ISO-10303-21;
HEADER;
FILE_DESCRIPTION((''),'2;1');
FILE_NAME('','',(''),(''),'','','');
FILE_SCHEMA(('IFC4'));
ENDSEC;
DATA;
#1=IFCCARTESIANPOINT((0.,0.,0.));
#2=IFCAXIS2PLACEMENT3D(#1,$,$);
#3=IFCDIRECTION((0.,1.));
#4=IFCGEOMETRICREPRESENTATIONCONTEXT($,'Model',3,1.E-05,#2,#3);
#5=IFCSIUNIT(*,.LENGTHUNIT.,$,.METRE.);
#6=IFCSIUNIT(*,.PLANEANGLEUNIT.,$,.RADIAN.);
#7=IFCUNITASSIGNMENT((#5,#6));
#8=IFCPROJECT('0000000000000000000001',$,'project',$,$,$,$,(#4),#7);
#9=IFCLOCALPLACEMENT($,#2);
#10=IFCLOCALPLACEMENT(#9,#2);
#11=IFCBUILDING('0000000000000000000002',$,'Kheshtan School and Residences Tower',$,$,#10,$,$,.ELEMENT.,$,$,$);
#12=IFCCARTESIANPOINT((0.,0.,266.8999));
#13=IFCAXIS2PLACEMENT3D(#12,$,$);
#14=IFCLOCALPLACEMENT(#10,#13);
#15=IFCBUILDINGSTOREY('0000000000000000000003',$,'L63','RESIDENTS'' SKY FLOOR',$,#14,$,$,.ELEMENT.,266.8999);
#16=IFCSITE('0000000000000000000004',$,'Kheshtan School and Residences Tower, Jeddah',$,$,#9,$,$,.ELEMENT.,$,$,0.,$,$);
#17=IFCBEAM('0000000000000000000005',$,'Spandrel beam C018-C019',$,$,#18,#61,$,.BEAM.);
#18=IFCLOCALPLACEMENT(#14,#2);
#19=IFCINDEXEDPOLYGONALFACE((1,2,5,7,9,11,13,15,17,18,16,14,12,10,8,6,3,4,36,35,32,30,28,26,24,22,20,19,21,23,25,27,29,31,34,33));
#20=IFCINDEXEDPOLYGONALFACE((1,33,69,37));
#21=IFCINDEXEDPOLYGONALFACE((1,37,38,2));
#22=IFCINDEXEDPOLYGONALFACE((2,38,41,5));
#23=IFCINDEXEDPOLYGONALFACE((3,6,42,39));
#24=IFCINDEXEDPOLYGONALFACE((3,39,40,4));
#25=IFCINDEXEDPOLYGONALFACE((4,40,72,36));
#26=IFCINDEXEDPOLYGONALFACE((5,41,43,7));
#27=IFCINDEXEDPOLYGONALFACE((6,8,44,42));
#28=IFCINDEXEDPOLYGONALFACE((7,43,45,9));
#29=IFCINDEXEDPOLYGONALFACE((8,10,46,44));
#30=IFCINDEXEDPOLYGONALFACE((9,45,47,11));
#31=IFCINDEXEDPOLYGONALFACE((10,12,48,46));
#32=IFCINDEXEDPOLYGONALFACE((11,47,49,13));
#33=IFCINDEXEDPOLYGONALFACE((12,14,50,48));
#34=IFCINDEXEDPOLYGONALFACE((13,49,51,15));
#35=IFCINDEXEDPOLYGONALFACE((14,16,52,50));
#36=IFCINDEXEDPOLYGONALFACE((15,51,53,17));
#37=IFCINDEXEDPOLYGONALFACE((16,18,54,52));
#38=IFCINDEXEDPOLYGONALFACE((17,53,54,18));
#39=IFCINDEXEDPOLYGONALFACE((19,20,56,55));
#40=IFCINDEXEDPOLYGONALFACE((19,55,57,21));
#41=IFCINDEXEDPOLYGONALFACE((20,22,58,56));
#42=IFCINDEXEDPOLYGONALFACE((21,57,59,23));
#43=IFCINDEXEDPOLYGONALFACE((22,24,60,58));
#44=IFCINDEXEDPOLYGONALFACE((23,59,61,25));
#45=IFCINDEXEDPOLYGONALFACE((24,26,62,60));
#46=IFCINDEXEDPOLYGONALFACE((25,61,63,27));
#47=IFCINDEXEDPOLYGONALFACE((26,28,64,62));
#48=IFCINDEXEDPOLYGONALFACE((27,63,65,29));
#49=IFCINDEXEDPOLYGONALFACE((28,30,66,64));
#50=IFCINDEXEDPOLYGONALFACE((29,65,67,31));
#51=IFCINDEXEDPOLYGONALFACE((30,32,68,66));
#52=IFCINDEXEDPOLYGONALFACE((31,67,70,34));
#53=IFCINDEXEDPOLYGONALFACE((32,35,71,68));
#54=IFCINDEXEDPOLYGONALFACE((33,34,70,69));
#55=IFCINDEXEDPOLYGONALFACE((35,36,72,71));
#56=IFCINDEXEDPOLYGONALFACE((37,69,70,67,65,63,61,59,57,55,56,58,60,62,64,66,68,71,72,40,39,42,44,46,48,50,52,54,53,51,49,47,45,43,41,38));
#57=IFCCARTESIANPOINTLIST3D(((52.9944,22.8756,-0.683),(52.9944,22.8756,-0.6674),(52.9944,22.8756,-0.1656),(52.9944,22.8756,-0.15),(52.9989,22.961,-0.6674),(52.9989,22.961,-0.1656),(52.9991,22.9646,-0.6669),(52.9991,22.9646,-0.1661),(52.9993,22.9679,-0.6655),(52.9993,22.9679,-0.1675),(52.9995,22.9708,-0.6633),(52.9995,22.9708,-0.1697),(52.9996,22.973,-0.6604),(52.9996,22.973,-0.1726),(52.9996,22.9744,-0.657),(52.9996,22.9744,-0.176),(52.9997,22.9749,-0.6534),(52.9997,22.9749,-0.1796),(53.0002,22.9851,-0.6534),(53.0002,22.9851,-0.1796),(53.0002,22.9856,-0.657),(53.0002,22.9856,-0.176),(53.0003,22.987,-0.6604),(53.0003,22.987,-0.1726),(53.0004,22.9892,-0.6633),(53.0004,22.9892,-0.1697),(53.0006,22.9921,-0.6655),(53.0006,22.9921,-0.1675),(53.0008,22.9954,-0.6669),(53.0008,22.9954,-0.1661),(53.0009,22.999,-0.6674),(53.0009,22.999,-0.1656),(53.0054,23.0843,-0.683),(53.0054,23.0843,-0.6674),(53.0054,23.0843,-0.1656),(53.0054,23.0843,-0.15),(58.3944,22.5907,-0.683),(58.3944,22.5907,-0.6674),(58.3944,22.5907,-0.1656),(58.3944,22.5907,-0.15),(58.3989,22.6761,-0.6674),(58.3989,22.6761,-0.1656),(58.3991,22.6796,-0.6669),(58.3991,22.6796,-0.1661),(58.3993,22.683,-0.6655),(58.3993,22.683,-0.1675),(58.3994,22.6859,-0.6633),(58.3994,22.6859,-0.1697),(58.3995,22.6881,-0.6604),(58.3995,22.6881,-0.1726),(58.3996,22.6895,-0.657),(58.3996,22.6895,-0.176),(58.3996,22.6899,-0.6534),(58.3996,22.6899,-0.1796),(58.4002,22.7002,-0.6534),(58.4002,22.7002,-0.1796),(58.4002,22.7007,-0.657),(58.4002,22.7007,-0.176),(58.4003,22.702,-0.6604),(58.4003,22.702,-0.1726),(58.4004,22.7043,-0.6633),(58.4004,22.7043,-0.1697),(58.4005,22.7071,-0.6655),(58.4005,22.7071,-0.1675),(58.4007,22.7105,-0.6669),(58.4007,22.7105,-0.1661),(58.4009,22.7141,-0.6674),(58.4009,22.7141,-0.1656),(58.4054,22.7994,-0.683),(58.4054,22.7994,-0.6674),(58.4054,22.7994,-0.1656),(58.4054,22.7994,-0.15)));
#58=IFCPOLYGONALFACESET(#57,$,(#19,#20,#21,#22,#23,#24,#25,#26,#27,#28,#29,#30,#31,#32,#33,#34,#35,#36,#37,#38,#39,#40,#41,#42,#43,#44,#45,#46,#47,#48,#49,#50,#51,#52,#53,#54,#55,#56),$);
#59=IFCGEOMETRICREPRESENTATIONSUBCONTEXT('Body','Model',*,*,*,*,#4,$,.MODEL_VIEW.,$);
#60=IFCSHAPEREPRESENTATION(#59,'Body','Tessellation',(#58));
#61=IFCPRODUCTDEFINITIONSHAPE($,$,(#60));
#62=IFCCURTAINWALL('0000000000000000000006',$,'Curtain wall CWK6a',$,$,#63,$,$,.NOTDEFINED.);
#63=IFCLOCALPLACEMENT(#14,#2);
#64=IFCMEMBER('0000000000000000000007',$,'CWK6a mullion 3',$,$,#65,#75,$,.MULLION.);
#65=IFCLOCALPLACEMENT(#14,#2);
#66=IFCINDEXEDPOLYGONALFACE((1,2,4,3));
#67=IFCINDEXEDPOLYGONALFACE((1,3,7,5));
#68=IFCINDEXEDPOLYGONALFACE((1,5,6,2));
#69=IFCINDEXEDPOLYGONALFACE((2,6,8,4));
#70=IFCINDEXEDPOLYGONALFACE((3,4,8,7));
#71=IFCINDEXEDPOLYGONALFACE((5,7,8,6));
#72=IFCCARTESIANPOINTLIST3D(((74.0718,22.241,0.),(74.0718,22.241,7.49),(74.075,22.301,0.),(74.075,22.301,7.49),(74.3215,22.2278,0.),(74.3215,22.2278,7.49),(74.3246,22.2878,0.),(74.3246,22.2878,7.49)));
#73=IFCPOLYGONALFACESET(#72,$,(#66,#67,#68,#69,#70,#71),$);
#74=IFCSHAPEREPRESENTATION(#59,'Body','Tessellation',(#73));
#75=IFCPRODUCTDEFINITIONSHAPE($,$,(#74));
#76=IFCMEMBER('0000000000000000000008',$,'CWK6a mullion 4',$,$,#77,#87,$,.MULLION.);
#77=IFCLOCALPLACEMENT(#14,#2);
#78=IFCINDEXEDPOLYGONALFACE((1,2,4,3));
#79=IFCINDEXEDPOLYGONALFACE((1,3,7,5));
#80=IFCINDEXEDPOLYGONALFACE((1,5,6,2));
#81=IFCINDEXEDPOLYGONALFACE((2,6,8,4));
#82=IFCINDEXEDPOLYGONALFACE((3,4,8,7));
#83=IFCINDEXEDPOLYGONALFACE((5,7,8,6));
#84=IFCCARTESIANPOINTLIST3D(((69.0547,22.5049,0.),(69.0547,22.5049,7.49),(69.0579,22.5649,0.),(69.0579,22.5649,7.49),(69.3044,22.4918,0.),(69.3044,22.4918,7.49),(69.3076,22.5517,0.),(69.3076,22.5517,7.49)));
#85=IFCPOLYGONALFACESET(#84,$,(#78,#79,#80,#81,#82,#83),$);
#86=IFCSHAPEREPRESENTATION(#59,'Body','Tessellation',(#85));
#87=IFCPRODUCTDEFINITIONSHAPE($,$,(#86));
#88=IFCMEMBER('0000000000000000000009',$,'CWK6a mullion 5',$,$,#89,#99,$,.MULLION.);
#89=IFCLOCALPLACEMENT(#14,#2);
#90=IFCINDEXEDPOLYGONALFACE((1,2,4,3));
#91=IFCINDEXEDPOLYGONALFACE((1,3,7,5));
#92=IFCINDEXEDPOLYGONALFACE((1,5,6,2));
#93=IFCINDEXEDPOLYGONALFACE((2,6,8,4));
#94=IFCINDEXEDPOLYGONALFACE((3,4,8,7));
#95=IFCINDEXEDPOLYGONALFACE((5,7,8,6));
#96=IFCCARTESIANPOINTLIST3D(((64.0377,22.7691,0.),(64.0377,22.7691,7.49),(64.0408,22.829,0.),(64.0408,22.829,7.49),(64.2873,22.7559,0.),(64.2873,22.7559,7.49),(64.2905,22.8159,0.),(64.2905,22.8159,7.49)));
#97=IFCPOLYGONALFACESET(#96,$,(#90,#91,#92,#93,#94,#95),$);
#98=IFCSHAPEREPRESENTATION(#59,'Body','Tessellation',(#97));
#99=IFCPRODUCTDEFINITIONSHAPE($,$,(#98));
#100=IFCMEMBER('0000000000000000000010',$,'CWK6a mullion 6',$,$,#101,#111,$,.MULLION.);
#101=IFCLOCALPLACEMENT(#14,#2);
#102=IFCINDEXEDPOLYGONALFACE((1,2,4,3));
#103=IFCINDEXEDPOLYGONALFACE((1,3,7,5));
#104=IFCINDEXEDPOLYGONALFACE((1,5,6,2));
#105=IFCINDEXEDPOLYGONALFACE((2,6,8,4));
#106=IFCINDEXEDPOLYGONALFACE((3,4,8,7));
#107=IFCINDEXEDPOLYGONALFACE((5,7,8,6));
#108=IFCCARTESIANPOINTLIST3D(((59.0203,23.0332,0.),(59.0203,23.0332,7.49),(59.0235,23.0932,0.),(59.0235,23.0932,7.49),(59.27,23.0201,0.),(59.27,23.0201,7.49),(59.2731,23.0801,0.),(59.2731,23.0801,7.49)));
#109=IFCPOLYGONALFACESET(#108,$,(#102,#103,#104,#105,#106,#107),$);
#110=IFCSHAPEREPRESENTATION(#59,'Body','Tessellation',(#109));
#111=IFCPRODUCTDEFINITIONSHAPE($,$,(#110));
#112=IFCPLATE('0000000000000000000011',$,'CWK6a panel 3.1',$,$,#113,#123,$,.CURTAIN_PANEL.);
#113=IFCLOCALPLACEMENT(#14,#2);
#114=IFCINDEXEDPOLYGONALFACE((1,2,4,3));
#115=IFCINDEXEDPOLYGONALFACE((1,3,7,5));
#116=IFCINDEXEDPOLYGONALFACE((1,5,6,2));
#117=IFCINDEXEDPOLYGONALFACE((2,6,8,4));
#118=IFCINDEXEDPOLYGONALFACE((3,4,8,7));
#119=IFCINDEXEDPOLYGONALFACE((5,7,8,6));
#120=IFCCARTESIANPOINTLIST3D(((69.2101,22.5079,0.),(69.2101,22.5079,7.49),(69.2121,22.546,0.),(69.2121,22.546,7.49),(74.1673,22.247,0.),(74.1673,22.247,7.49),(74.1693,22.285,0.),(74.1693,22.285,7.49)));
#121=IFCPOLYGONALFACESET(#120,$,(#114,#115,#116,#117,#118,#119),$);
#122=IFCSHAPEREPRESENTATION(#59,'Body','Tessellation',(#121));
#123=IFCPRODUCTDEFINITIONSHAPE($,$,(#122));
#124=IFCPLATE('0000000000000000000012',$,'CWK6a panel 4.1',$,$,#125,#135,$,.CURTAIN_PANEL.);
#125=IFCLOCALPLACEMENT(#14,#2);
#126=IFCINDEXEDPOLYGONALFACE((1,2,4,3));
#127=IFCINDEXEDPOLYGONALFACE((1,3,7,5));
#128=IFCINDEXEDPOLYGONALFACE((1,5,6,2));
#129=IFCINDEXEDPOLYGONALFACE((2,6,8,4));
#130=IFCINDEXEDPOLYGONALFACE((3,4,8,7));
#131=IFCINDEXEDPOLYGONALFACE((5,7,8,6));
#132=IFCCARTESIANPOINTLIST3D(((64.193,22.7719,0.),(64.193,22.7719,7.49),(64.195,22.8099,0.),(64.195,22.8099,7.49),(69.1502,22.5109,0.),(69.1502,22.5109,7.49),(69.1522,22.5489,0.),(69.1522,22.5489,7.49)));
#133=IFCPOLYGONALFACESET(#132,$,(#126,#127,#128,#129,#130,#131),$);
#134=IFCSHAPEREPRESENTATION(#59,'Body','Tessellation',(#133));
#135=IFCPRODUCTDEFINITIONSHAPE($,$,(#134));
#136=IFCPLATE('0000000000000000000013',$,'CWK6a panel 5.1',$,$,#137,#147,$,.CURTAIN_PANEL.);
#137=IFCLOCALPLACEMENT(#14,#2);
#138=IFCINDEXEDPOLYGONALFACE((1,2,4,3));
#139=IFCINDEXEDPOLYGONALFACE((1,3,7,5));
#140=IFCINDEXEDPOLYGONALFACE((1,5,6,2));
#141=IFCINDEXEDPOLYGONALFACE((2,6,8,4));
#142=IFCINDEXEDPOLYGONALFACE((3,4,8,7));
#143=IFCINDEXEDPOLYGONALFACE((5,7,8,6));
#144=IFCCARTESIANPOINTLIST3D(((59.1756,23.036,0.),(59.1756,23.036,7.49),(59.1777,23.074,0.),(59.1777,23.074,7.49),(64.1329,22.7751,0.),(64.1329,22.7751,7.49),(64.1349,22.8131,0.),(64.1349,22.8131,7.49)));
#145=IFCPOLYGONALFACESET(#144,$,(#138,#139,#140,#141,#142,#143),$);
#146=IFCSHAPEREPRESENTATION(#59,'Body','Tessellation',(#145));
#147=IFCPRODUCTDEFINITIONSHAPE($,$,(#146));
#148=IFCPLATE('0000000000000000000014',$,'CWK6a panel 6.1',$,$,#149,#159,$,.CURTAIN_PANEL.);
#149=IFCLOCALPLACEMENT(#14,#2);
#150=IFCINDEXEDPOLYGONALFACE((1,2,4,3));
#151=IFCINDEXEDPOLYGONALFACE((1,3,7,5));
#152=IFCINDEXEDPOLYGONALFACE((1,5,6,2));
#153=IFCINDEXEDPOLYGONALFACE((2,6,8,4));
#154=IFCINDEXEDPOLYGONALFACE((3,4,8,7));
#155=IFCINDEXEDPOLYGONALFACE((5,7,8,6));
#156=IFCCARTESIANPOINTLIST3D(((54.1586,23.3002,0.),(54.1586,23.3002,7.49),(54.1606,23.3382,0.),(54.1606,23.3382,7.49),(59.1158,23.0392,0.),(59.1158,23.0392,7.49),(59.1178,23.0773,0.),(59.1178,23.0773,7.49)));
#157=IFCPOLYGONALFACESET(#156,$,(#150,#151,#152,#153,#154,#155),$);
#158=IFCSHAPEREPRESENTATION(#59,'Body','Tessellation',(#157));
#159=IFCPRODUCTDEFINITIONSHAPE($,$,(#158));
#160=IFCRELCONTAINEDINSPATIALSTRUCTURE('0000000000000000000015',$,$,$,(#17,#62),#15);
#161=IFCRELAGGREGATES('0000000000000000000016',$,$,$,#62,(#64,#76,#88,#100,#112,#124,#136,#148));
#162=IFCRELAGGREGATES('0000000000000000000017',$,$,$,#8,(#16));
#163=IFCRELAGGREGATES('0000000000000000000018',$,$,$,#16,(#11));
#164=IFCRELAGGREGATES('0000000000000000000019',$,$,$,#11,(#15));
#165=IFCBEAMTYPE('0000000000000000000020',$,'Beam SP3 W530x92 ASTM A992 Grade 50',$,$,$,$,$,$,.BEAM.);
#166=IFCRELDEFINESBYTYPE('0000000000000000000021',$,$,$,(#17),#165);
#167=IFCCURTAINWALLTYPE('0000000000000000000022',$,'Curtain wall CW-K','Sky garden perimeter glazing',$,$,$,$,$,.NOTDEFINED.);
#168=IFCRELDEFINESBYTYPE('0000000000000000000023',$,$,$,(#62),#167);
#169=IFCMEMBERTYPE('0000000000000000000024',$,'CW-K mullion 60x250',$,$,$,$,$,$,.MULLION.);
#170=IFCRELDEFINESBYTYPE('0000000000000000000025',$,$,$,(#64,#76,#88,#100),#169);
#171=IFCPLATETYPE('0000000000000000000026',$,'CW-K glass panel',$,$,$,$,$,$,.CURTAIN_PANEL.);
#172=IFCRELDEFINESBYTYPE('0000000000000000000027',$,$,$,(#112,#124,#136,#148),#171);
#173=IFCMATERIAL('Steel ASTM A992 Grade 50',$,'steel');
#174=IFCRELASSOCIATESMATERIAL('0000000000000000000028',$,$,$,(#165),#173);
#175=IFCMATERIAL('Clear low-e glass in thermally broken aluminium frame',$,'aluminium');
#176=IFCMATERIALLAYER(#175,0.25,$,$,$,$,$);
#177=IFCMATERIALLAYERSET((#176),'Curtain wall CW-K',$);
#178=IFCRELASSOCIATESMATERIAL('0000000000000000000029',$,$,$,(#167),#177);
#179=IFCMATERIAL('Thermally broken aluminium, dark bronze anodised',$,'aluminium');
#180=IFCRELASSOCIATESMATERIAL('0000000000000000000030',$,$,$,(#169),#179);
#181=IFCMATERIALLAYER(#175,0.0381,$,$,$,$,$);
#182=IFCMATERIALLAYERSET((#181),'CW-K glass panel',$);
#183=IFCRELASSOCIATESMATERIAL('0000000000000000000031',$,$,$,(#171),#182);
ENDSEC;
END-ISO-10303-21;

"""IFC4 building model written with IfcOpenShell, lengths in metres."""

from ifc_helpers import new_model, si_unit, direction, frame, origin, origin_2d, place, context, subcontext, project, spatial, rectangle, i_section, extrude, material, layer, layer_set, material_profile, profile_set, type_object, element, aggregate, save


model = new_model("IFC4")

# Units and contexts
model_context = context("Model", 3, precision=1e-05, world=origin(), true_north=direction((0.0, 1.0)))
body_context = subcontext(model_context, "Body", "Model", "MODEL_VIEW")
ifc_project = project(units=[si_unit("LENGTHUNIT", "METRE"), si_unit("PLANEANGLEUNIT", "RADIAN")], contexts=[model_context])

# Site, building, storey
site_placement = place(None, origin())
site = spatial("IfcSite", under=ifc_project, at=site_placement, Name="Kheshtan School and Residences Tower, Jeddah", CompositionType="ELEMENT", RefElevation=0.0)
building_placement = place(site_placement, origin())
building = spatial("IfcBuilding", under=site, at=building_placement, Name="Kheshtan School and Residences Tower", CompositionType="ELEMENT")
storey_placement = place(building_placement, frame((0.0, 0.0, 266.8999)))
storey = spatial("IfcBuildingStorey", under=building, at=storey_placement, Name="L63", Description="RESIDENTS' SKY FLOOR", CompositionType="ELEMENT", Elevation=266.8999)

# Shared definitions
ifc_material_1 = material(Name="Steel ASTM A992 Grade 50", Category="steel")

# Beam
ifc_material_profile_1 = material_profile(ifc_material_1, i_section(OverallWidth=0.209, OverallDepth=0.533, WebThickness=0.0103, FlangeThickness=0.0156, FilletRadius=0.0139, at=origin_2d()), Name="W530x92")
ifc_profile_set_1 = profile_set([ifc_material_profile_1], Name="Steel ASTM A992 Grade 50")
beam_type_1 = type_object("IfcBeamType", Name="Beam SP3 W530x92 ASTM A992 Grade 50", PredefinedType="BEAM", material=ifc_profile_set_1)
beam_1_placement = place(storey_placement, frame((58.3999, 22.6951, -0.4165), z_axis=(-0.998611, 0.052689, 0.0), x_axis=(-0.052689, -0.998611, 0.0)))
element("IfcBeam", 1, at=beam_1_placement, inside=storey, type_object=beam_type_1, Name="Spandrel beam C018-C019", PredefinedType="BEAM", context=body_context, shape_type="SweptSolid", body=[
    extrude(i_section(OverallWidth=0.209, OverallDepth=0.533, WebThickness=0.0103, FlangeThickness=0.0156, FilletRadius=0.0139, at=origin_2d()), origin(), (0.0, 0.0, 1.0), 5.4075),
])

# Curtain wall, members, plates
ifc_material_2 = material(Name="Clear low-e glass in thermally broken aluminium frame", Category="aluminium")
ifc_layer_1 = layer(ifc_material_2, 0.25)
ifc_layer_set_1 = layer_set([ifc_layer_1], Name="Curtain wall CW-K")
curtain_wall_type = type_object("IfcCurtainWallType", Name="Curtain wall CW-K", Description="Sky garden perimeter glazing", PredefinedType="NOTDEFINED", material=ifc_layer_set_1)
curtain_wall_placement = place(storey_placement, origin())
curtain_wall = element("IfcCurtainWall", 2, at=curtain_wall_placement, inside=storey, type_object=curtain_wall_type, Name="Curtain wall CWK6a", PredefinedType="NOTDEFINED")
ifc_material_3 = material(Name="Thermally broken aluminium, dark bronze anodised", Category="aluminium")
ifc_material_profile_2 = material_profile(ifc_material_3, rectangle(XDim=0.0601, YDim=0.25, at=origin_2d()), Name="CW-K mullion 60x250")
ifc_profile_set_2 = profile_set([ifc_material_profile_2], Name="Thermally broken aluminium, dark bronze anodised")
member_type = type_object("IfcMemberType", Name="CW-K mullion 60x250", PredefinedType="MULLION", material=ifc_profile_set_2)
member_1_placement = place(storey_placement, frame((74.1982, 22.2644, 0.0), z_axis=(0.0, 0.0, 1.0), x_axis=(-0.052566, -0.998617, 0.0)))
member_1 = element("IfcMember", 3, at=member_1_placement, type_object=member_type, Name="CWK6a mullion 3", PredefinedType="MULLION", context=body_context, shape_type="SweptSolid", body=[
    extrude(rectangle(XDim=0.0601, YDim=0.25, at=origin_2d()), origin(), (0.0, 0.0, 1.0), 7.49),
])
member_2_placement = place(storey_placement, frame((69.1812, 22.5283, 0.0), z_axis=(0.0, 0.0, 1.0), x_axis=(-0.052566, -0.998617, 0.0)))
member_2 = element("IfcMember", 4, at=member_2_placement, type_object=member_type, Name="CWK6a mullion 4", PredefinedType="MULLION", context=body_context, shape_type="SweptSolid", body=[
    extrude(rectangle(XDim=0.0601, YDim=0.25, at=origin_2d()), origin(), (0.0, 0.0, 1.0), 7.49),
])
member_3_placement = place(storey_placement, frame((64.1641, 22.7925, 0.0), z_axis=(0.0, 0.0, 1.0), x_axis=(-0.052566, -0.998617, 0.0)))
member_3 = element("IfcMember", 5, at=member_3_placement, type_object=member_type, Name="CWK6a mullion 5", PredefinedType="MULLION", context=body_context, shape_type="SweptSolid", body=[
    extrude(rectangle(XDim=0.0601, YDim=0.25, at=origin_2d()), origin(), (0.0, 0.0, 1.0), 7.49),
])
member_4_placement = place(storey_placement, frame((59.1467, 23.0566, 0.0), z_axis=(0.0, 0.0, 1.0), x_axis=(-0.052566, -0.998617, 0.0)))
member_4 = element("IfcMember", 6, at=member_4_placement, type_object=member_type, Name="CWK6a mullion 6", PredefinedType="MULLION", context=body_context, shape_type="SweptSolid", body=[
    extrude(rectangle(XDim=0.0601, YDim=0.25, at=origin_2d()), origin(), (0.0, 0.0, 1.0), 7.49),
])
ifc_layer_2 = layer(ifc_material_2, 0.0381)
ifc_layer_set_2 = layer_set([ifc_layer_2], Name="CW-K glass panel")
plate_type = type_object("IfcPlateType", Name="CW-K glass panel", PredefinedType="CURTAIN_PANEL", material=ifc_layer_set_2)
plate_1_placement = place(storey_placement, frame((71.6897, 22.3965, 0.0), z_axis=(0.0, 0.0, 1.0), x_axis=(-0.998617, 0.052566, 0.0)))
plate_1 = element("IfcPlate", 7, at=plate_1_placement, type_object=plate_type, Name="CWK6a panel 3.1", PredefinedType="CURTAIN_PANEL", context=body_context, shape_type="SweptSolid", body=[
    extrude(rectangle(XDim=4.9641, YDim=0.0381, at=origin_2d()), origin(), (0.0, 0.0, 1.0), 7.49),
])
plate_2_placement = place(storey_placement, frame((66.6726, 22.6604, 0.0), z_axis=(0.0, 0.0, 1.0), x_axis=(-0.998617, 0.052566, 0.0)))
plate_2 = element("IfcPlate", 8, at=plate_2_placement, type_object=plate_type, Name="CWK6a panel 4.1", PredefinedType="CURTAIN_PANEL", context=body_context, shape_type="SweptSolid", body=[
    extrude(rectangle(XDim=4.9641, YDim=0.0381, at=origin_2d()), origin(), (0.0, 0.0, 1.0), 7.49),
])
plate_3_placement = place(storey_placement, frame((61.6553, 22.9246, 0.0), z_axis=(0.0, 0.0, 1.0), x_axis=(-0.998617, 0.052566, 0.0)))
plate_3 = element("IfcPlate", 9, at=plate_3_placement, type_object=plate_type, Name="CWK6a panel 5.1", PredefinedType="CURTAIN_PANEL", context=body_context, shape_type="SweptSolid", body=[
    extrude(rectangle(XDim=4.9641, YDim=0.0381, at=origin_2d()), origin(), (0.0, 0.0, 1.0), 7.49),
])
plate_4_placement = place(storey_placement, frame((56.6382, 23.1887, 0.0), z_axis=(0.0, 0.0, 1.0), x_axis=(-0.998617, 0.052566, 0.0)))
plate_4 = element("IfcPlate", 10, at=plate_4_placement, type_object=plate_type, Name="CWK6a panel 6.1", PredefinedType="CURTAIN_PANEL", context=body_context, shape_type="SweptSolid", body=[
    extrude(rectangle(XDim=4.9641, YDim=0.0381, at=origin_2d()), origin(), (0.0, 0.0, 1.0), 7.49),
])
aggregate(curtain_wall, [member_1, member_2, member_3, member_4, plate_1, plate_2, plate_3, plate_4])

save(model, "model.ifc")
